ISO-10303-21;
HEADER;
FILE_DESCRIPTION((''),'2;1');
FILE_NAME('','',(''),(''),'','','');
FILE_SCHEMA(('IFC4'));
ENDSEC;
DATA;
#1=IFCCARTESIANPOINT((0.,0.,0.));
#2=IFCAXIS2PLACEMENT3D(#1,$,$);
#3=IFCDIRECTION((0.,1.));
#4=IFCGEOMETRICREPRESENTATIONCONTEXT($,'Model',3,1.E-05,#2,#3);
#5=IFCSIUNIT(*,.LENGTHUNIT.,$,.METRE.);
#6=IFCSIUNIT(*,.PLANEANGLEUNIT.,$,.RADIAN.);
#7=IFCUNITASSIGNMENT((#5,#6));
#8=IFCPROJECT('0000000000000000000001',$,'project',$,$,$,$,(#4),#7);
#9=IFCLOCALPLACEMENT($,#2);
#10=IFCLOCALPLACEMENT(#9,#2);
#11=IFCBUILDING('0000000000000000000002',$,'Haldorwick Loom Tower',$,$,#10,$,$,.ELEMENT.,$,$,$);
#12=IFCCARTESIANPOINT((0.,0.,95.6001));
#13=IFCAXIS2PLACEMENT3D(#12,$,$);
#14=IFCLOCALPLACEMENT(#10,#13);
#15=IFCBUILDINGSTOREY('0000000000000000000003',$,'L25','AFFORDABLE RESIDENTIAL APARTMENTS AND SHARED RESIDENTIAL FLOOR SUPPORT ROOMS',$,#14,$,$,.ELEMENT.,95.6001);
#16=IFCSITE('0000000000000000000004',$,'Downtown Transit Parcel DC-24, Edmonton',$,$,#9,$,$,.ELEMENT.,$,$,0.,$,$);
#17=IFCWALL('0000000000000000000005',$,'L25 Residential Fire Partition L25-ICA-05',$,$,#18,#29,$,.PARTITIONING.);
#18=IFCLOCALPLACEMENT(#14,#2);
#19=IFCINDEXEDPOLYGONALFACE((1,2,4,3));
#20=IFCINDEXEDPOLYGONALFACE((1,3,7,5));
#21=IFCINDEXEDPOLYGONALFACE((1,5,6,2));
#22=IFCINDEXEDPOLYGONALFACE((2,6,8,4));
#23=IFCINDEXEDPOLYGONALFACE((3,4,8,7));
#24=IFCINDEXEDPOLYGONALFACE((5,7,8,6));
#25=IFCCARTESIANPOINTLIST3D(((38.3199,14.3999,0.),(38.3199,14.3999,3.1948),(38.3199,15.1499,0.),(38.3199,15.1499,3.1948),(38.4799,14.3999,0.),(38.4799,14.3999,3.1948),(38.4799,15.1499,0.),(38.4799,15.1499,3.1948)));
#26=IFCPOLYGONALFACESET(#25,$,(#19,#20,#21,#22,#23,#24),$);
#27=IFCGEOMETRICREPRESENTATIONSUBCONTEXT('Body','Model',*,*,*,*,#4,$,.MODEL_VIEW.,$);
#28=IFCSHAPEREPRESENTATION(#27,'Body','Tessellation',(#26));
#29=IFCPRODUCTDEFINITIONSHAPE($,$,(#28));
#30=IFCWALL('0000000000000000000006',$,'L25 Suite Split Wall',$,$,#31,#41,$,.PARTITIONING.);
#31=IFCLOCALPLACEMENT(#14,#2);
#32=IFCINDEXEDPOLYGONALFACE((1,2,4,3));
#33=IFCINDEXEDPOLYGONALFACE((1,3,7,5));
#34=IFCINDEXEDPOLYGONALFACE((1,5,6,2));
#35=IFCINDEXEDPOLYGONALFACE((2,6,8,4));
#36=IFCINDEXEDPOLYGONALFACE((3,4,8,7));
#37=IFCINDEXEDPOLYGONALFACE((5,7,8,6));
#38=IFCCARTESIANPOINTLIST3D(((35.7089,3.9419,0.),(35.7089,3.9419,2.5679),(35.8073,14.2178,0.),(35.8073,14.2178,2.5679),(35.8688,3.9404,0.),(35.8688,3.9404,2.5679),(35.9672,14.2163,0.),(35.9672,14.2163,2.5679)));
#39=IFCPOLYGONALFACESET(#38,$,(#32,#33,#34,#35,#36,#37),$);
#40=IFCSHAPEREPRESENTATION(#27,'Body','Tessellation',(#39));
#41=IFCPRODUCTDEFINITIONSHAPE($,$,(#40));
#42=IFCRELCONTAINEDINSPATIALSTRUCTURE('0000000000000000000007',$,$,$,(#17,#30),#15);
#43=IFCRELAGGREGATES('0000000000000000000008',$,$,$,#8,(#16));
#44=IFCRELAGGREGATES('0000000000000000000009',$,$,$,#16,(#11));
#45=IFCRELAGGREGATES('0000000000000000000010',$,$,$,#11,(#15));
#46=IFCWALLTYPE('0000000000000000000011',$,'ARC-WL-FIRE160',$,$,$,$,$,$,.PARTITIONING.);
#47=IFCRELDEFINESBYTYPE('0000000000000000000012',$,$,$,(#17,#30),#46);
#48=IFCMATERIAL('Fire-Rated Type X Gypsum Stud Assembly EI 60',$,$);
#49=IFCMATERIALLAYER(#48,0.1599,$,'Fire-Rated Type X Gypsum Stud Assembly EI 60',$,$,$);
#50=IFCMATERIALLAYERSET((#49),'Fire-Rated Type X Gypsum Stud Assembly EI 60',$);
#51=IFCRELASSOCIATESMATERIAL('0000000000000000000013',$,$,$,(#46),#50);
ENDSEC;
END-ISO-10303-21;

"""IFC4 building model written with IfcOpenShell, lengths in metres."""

from ifc_helpers import new_model, si_unit, direction, frame, frame_2d, origin, place, context, subcontext, project, spatial, rectangle, extrude, material, layer, layer_set, type_object, element, save


model = new_model("IFC4")

# Units and contexts
model_context = context("Model", 3, precision=1e-05, world=origin(), true_north=direction((0.0, 1.0)))
body_context = subcontext(model_context, "Body", "Model", "MODEL_VIEW")
ifc_project = project(units=[si_unit("LENGTHUNIT", "METRE"), si_unit("PLANEANGLEUNIT", "RADIAN")], contexts=[model_context])

# Site, building, storey
site_placement = place(None, origin())
site = spatial("IfcSite", under=ifc_project, at=site_placement, Name="Downtown Transit Parcel DC-24, Edmonton", CompositionType="ELEMENT", RefElevation=0.0)
building_placement = place(site_placement, origin())
building = spatial("IfcBuilding", under=site, at=building_placement, Name="Haldorwick Loom Tower", CompositionType="ELEMENT")
storey_placement = place(building_placement, frame((0.0, 0.0, 95.6001)))
storey = spatial("IfcBuildingStorey", under=building, at=storey_placement, Name="L25", Description="AFFORDABLE RESIDENTIAL APARTMENTS AND SHARED RESIDENTIAL FLOOR SUPPORT ROOMS", CompositionType="ELEMENT", Elevation=95.6001)

# Walls
ifc_material_1 = material(Name="Fire-Rated Type X Gypsum Stud Assembly EI 60")
ifc_layer_1 = layer(ifc_material_1, 0.1599, Name="Fire-Rated Type X Gypsum Stud Assembly EI 60")
ifc_layer_set_1 = layer_set([ifc_layer_1], Name="Fire-Rated Type X Gypsum Stud Assembly EI 60")
wall_type_1 = type_object("IfcWallType", Name="ARC-WL-FIRE160", PredefinedType="PARTITIONING", material=ifc_layer_set_1)
wall_1_placement = place(storey_placement, frame((38.3999, 15.1499, 0.0), z_axis=(0.0, 0.0, 1.0), x_axis=(0.0, -1.0, 0.0)))
element("IfcWall", 1, at=wall_1_placement, inside=storey, type_object=wall_type_1, Name="L25 Residential Fire Partition L25-ICA-05", PredefinedType="PARTITIONING", context=body_context, shape_type="SweptSolid", body=[
    extrude(rectangle(XDim=0.75, YDim=0.1599, at=frame_2d((0.375, 0.0))), origin(), (0.0, 0.0, 1.0), 3.1948),
])
wall_2_placement = place(storey_placement, frame((35.8872, 14.217, 0.0), z_axis=(0.0, 0.0, 1.0), x_axis=(-0.009574, -0.999954, 0.0)))
element("IfcWall", 2, at=wall_2_placement, inside=storey, type_object=wall_type_1, Name="L25 Suite Split Wall", PredefinedType="PARTITIONING", context=body_context, shape_type="SweptSolid", body=[
    extrude(rectangle(XDim=10.2764, YDim=0.1599, at=frame_2d((5.1382, 0.0))), origin(), (0.0, 0.0, 1.0), 2.5679),
])

save(model, "model.ifc")
